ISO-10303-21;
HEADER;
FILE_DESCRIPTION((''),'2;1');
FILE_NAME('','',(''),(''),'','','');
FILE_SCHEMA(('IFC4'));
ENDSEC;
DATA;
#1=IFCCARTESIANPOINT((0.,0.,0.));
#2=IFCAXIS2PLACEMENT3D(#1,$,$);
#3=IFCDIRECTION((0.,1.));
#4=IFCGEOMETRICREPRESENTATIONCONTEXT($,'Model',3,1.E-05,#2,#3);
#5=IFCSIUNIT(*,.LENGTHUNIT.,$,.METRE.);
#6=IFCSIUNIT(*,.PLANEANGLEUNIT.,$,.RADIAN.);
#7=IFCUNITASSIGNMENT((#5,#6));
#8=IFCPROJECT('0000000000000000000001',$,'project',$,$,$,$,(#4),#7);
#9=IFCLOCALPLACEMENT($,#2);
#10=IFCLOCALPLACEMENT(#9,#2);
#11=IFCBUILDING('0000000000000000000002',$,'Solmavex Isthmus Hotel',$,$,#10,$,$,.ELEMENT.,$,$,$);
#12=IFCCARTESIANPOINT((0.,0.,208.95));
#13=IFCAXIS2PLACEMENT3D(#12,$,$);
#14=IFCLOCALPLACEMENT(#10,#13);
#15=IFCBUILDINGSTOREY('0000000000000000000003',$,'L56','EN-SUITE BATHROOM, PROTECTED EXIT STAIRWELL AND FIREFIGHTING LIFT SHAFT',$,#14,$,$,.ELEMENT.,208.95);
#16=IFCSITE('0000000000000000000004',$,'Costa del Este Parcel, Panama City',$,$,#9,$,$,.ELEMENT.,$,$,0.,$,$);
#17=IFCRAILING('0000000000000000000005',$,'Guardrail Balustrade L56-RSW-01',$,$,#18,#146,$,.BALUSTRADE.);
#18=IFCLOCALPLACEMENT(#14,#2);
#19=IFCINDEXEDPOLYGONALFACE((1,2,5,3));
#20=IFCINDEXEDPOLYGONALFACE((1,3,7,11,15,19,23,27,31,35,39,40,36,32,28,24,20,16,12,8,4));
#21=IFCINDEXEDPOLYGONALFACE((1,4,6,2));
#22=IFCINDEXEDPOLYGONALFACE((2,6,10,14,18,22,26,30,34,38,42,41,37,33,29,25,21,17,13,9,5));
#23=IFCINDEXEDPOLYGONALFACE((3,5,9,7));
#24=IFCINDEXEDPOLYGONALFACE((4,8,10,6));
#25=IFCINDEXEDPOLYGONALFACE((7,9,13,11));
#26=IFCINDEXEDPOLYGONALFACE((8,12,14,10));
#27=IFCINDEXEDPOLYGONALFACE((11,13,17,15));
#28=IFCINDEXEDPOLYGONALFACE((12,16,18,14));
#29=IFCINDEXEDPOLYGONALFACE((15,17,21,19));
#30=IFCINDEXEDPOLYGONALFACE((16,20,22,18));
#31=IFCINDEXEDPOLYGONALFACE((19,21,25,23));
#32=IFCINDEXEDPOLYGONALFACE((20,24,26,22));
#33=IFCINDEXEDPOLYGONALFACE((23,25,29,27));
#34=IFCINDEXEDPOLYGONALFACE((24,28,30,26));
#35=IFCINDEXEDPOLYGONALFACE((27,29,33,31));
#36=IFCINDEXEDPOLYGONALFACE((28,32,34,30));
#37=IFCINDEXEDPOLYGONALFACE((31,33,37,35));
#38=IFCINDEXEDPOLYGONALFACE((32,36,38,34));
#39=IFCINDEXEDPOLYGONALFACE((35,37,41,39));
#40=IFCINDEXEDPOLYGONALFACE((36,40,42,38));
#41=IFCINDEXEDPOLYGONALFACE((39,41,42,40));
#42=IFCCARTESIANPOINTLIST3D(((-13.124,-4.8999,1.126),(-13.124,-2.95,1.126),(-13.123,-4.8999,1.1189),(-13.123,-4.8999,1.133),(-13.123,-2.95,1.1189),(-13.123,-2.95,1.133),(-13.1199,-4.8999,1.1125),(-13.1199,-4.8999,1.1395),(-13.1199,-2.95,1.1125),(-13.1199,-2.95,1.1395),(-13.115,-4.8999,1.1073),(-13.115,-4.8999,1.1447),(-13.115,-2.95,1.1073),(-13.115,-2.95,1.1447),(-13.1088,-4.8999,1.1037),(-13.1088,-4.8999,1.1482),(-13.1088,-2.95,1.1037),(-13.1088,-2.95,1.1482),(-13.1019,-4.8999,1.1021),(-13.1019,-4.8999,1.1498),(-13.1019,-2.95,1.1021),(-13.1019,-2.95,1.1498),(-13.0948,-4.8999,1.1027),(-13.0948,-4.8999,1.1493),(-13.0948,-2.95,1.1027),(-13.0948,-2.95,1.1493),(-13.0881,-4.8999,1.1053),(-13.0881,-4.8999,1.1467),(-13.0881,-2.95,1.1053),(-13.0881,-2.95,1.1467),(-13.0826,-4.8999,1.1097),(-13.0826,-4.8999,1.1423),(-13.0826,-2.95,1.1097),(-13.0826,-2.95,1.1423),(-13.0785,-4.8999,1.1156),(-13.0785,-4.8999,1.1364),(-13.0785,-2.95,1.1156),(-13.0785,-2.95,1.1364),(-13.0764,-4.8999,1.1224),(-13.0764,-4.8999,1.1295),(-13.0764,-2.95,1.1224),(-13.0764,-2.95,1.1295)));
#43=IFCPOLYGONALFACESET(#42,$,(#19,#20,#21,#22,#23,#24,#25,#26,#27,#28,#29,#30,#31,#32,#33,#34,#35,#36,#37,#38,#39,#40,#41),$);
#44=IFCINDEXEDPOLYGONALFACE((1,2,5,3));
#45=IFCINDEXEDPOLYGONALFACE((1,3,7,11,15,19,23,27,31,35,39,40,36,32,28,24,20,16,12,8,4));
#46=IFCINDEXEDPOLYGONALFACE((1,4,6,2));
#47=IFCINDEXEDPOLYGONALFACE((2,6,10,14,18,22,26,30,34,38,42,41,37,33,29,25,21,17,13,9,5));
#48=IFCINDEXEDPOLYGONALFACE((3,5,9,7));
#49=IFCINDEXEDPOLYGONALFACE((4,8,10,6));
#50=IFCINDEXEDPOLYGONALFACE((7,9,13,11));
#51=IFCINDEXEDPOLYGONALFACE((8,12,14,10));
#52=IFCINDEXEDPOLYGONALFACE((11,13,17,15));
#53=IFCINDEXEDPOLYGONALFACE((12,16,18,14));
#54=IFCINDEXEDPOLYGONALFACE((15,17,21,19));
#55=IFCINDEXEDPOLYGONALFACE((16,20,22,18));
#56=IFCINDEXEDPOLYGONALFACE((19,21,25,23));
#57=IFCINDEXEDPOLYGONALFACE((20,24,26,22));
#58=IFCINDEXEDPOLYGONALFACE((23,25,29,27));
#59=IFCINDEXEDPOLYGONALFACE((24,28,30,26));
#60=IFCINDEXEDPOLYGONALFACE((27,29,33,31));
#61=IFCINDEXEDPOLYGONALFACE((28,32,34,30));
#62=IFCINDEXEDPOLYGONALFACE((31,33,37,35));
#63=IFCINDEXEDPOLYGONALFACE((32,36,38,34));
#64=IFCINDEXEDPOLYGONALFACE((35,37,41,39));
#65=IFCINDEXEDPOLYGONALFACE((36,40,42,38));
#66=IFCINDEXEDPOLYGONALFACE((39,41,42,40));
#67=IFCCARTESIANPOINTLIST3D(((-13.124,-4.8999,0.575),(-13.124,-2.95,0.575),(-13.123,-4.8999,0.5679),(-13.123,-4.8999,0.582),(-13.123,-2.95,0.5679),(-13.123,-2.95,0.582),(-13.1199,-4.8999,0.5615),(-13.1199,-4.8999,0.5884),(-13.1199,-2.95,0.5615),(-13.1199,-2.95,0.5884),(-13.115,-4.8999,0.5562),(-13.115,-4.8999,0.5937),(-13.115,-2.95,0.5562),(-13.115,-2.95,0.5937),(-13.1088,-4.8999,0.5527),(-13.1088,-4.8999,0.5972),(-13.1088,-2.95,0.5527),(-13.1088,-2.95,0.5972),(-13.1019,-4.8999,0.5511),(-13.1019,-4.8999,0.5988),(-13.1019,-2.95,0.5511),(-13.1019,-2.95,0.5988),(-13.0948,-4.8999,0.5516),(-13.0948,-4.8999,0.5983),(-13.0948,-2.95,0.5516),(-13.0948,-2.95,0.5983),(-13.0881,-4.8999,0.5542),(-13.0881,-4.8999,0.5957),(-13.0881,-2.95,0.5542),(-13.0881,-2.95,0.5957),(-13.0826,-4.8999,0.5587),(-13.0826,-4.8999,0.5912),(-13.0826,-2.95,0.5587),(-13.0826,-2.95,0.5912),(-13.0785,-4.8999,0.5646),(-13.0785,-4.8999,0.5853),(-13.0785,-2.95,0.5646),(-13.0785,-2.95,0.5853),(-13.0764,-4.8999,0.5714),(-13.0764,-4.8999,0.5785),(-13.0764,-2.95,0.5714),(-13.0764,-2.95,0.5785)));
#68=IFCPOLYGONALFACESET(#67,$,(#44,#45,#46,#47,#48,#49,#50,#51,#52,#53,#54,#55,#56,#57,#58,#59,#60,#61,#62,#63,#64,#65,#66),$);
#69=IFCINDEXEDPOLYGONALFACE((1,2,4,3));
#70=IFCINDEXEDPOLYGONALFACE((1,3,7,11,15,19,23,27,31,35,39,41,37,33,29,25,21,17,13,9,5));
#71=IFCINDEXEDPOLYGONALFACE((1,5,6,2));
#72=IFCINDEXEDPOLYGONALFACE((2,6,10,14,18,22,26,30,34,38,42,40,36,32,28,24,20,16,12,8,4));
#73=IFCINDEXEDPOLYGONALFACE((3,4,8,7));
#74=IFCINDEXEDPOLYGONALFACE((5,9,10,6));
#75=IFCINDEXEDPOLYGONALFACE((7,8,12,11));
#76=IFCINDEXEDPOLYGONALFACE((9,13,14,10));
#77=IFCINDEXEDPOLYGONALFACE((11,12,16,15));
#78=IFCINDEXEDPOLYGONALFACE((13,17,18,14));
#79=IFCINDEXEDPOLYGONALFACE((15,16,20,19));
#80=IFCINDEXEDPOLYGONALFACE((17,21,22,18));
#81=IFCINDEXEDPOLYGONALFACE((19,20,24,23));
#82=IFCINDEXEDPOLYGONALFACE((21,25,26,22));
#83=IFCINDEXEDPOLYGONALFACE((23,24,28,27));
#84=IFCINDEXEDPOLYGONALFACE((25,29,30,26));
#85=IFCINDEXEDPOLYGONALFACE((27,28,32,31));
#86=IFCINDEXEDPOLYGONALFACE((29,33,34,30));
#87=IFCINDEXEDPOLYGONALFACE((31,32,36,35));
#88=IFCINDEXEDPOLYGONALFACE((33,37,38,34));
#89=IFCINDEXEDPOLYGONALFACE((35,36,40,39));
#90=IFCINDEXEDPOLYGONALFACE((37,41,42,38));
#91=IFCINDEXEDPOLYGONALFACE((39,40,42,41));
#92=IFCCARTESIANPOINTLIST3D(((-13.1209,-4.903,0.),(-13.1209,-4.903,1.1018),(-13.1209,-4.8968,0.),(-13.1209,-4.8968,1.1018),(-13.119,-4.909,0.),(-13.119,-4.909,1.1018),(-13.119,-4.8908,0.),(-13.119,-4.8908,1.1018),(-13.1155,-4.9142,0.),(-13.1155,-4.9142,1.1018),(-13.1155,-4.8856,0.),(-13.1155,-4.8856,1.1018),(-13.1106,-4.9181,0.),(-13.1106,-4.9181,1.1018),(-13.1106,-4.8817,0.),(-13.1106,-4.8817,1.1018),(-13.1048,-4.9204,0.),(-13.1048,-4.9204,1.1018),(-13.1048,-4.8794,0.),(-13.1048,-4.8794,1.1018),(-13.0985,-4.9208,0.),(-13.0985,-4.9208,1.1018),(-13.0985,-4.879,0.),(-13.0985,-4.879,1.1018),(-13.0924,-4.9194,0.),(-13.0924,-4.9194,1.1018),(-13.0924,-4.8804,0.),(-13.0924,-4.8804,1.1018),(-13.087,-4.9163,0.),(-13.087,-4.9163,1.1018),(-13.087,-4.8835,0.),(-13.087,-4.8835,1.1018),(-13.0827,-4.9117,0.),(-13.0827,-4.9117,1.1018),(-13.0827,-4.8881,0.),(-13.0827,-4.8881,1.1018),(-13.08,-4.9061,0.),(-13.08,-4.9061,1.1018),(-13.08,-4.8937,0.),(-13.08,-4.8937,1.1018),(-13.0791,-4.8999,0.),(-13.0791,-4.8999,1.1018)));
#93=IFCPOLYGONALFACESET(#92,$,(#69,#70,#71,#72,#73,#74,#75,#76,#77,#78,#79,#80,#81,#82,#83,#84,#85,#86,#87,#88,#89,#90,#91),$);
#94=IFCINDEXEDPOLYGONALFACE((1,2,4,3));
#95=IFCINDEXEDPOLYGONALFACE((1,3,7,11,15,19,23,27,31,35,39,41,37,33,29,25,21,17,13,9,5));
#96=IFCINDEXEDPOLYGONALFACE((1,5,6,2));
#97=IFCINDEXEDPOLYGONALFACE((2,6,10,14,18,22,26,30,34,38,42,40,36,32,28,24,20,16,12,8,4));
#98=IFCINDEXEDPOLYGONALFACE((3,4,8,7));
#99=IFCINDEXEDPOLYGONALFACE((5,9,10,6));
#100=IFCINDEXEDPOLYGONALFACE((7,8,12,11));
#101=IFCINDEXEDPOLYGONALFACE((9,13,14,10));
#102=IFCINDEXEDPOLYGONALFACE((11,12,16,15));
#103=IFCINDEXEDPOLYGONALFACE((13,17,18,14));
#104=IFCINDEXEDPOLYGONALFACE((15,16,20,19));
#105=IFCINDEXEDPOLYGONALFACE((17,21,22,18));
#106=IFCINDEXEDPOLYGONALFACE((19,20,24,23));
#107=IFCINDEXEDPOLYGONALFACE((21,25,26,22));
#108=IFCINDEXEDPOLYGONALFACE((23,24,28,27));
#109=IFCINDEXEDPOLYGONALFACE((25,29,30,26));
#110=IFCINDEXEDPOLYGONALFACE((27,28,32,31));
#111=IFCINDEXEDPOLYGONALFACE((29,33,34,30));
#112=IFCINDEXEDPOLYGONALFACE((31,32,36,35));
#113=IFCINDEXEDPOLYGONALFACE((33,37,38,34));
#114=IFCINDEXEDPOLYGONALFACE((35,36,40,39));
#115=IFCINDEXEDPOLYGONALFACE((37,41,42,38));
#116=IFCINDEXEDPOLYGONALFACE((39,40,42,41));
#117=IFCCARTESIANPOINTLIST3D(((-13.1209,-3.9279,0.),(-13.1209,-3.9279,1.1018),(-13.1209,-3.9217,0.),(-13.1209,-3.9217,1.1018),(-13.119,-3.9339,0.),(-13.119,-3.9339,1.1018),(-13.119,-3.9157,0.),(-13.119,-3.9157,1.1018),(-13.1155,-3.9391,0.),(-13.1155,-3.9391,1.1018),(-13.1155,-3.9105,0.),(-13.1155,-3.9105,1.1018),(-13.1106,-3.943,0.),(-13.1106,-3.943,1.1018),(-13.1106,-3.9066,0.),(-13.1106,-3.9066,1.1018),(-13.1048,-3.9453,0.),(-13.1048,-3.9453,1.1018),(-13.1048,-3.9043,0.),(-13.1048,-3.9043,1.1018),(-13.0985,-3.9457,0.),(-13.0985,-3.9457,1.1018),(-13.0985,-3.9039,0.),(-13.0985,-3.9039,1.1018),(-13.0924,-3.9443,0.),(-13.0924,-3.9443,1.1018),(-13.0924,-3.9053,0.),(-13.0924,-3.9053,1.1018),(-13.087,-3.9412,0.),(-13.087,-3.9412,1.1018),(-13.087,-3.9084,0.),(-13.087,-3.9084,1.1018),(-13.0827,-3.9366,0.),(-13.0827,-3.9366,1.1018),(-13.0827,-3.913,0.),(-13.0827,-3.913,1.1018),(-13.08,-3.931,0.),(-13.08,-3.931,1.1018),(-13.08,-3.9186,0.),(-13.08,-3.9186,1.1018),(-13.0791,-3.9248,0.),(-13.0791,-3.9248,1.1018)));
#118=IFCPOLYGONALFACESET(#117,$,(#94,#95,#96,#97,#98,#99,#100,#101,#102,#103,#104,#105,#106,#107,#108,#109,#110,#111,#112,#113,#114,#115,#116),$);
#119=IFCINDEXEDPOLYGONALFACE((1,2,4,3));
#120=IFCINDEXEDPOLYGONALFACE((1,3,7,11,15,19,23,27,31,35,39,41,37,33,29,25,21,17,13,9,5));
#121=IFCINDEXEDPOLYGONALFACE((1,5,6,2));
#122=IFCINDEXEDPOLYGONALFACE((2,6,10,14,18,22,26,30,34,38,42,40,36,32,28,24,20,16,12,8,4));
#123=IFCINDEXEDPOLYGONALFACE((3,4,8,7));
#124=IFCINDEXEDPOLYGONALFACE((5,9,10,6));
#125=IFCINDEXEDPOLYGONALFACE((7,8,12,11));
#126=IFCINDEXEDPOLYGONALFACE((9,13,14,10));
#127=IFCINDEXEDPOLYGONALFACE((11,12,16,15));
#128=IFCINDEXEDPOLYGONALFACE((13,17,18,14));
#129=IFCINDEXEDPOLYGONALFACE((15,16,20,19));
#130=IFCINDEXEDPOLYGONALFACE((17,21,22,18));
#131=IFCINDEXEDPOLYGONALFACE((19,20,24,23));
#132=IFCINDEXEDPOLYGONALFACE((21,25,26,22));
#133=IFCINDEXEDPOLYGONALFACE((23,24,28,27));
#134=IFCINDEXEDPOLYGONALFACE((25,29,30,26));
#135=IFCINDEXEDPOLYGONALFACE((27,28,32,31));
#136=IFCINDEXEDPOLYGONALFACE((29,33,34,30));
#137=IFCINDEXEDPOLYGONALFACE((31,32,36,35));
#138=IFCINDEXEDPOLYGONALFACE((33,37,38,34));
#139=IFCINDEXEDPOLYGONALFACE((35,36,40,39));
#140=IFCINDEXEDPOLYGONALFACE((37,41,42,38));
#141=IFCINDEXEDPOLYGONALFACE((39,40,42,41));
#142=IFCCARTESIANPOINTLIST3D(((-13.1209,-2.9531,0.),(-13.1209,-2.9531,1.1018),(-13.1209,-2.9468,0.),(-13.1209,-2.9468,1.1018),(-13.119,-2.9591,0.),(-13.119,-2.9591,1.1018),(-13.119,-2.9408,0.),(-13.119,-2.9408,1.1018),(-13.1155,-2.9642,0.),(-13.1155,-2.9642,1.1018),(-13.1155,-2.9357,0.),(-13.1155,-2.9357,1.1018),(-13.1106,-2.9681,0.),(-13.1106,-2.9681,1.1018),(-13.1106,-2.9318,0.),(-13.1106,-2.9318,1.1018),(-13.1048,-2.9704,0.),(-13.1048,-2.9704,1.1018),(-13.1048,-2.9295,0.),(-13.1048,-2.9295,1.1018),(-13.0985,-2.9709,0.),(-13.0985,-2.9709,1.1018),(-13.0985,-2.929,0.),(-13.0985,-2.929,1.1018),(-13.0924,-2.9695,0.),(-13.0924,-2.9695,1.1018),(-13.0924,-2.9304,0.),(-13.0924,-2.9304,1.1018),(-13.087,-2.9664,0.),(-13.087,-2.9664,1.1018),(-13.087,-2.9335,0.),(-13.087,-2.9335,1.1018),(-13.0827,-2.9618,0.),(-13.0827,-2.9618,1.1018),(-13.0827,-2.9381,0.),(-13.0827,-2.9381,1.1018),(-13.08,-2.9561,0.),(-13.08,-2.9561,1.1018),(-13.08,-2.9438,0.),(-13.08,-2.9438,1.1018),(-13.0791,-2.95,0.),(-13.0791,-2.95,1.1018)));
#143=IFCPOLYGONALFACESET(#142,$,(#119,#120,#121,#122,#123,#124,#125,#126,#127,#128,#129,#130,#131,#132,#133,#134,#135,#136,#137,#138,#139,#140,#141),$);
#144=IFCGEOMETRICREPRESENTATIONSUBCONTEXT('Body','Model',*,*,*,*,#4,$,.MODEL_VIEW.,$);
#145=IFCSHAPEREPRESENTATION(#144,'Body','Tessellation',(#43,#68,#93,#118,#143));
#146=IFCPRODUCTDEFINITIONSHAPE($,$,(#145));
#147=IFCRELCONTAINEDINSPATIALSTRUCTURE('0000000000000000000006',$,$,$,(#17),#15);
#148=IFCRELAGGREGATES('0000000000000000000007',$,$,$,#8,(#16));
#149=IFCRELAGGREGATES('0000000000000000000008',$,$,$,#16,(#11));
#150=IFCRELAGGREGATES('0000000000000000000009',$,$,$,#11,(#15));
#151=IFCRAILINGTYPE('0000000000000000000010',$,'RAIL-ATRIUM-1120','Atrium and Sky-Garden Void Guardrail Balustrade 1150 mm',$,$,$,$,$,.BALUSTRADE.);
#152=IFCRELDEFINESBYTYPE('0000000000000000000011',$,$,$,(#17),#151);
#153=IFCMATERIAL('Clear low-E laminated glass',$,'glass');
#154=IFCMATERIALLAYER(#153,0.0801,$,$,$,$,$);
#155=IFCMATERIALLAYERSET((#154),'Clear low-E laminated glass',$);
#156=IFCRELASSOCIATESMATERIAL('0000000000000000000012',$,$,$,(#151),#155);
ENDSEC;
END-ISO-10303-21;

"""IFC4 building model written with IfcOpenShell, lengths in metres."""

from ifc_helpers import new_model, si_unit, direction, frame, origin, origin_2d, place, context, subcontext, project, spatial, circle, extrude, material, layer, layer_set, type_object, element, save


model = new_model("IFC4")

# Units and contexts
model_context = context("Model", 3, precision=1e-05, world=origin(), true_north=direction((0.0, 1.0)))
body_context = subcontext(model_context, "Body", "Model", "MODEL_VIEW")
ifc_project = project(units=[si_unit("LENGTHUNIT", "METRE"), si_unit("PLANEANGLEUNIT", "RADIAN")], contexts=[model_context])

# Site, building, storey
site_placement = place(None, origin())
site = spatial("IfcSite", under=ifc_project, at=site_placement, Name="Costa del Este Parcel, Panama City", CompositionType="ELEMENT", RefElevation=0.0)
building_placement = place(site_placement, origin())
building = spatial("IfcBuilding", under=site, at=building_placement, Name="Solmavex Isthmus Hotel", CompositionType="ELEMENT")
storey_placement = place(building_placement, frame((0.0, 0.0, 208.95)))
storey = spatial("IfcBuildingStorey", under=building, at=storey_placement, Name="L56", Description="EN-SUITE BATHROOM, PROTECTED EXIT STAIRWELL AND FIREFIGHTING LIFT SHAFT", CompositionType="ELEMENT", Elevation=208.95)

# Shared definitions
ifc_material_1 = material(Name="Clear low-E laminated glass", Category="glass")

# Railing
ifc_layer_1 = layer(ifc_material_1, 0.0801)
ifc_layer_set_1 = layer_set([ifc_layer_1], Name="Clear low-E laminated glass")
railing_type_1 = type_object("IfcRailingType", Name="RAIL-ATRIUM-1120", Description="Atrium and Sky-Garden Void Guardrail Balustrade 1150 mm", PredefinedType="BALUSTRADE", material=ifc_layer_set_1)
railing_1_placement = place(storey_placement, frame((-13.1001, -4.8999, 0.0)))
element("IfcRailing", 1, at=railing_1_placement, inside=storey, type_object=railing_type_1, Name="Guardrail Balustrade L56-RSW-01", PredefinedType="BALUSTRADE", context=body_context, shape_type="SweptSolid", body=[
    extrude(circle(Radius=0.0239, at=origin_2d()), frame((0.0, 0.0, 1.126), z_axis=(0.0, 1.0, 0.0), x_axis=(-1.0, 0.0, 0.0)), (0.0, 0.0, 1.0), 1.95),
    extrude(circle(Radius=0.0239, at=origin_2d()), frame((0.0, 0.0, 0.575), z_axis=(0.0, 1.0, 0.0), x_axis=(-1.0, 0.0, 0.0)), (0.0, 0.0, 1.0), 1.95),
    extrude(circle(Radius=0.021, at=origin_2d()), origin(), (0.0, 0.0, 1.0), 1.1018),
    extrude(circle(Radius=0.021, at=origin_2d()), frame((0.0, 0.9751, 0.0)), (0.0, 0.0, 1.0), 1.1018),
    extrude(circle(Radius=0.021, at=origin_2d()), frame((0.0, 1.95, 0.0)), (0.0, 0.0, 1.0), 1.1018),
])

save(model, "model.ifc")
